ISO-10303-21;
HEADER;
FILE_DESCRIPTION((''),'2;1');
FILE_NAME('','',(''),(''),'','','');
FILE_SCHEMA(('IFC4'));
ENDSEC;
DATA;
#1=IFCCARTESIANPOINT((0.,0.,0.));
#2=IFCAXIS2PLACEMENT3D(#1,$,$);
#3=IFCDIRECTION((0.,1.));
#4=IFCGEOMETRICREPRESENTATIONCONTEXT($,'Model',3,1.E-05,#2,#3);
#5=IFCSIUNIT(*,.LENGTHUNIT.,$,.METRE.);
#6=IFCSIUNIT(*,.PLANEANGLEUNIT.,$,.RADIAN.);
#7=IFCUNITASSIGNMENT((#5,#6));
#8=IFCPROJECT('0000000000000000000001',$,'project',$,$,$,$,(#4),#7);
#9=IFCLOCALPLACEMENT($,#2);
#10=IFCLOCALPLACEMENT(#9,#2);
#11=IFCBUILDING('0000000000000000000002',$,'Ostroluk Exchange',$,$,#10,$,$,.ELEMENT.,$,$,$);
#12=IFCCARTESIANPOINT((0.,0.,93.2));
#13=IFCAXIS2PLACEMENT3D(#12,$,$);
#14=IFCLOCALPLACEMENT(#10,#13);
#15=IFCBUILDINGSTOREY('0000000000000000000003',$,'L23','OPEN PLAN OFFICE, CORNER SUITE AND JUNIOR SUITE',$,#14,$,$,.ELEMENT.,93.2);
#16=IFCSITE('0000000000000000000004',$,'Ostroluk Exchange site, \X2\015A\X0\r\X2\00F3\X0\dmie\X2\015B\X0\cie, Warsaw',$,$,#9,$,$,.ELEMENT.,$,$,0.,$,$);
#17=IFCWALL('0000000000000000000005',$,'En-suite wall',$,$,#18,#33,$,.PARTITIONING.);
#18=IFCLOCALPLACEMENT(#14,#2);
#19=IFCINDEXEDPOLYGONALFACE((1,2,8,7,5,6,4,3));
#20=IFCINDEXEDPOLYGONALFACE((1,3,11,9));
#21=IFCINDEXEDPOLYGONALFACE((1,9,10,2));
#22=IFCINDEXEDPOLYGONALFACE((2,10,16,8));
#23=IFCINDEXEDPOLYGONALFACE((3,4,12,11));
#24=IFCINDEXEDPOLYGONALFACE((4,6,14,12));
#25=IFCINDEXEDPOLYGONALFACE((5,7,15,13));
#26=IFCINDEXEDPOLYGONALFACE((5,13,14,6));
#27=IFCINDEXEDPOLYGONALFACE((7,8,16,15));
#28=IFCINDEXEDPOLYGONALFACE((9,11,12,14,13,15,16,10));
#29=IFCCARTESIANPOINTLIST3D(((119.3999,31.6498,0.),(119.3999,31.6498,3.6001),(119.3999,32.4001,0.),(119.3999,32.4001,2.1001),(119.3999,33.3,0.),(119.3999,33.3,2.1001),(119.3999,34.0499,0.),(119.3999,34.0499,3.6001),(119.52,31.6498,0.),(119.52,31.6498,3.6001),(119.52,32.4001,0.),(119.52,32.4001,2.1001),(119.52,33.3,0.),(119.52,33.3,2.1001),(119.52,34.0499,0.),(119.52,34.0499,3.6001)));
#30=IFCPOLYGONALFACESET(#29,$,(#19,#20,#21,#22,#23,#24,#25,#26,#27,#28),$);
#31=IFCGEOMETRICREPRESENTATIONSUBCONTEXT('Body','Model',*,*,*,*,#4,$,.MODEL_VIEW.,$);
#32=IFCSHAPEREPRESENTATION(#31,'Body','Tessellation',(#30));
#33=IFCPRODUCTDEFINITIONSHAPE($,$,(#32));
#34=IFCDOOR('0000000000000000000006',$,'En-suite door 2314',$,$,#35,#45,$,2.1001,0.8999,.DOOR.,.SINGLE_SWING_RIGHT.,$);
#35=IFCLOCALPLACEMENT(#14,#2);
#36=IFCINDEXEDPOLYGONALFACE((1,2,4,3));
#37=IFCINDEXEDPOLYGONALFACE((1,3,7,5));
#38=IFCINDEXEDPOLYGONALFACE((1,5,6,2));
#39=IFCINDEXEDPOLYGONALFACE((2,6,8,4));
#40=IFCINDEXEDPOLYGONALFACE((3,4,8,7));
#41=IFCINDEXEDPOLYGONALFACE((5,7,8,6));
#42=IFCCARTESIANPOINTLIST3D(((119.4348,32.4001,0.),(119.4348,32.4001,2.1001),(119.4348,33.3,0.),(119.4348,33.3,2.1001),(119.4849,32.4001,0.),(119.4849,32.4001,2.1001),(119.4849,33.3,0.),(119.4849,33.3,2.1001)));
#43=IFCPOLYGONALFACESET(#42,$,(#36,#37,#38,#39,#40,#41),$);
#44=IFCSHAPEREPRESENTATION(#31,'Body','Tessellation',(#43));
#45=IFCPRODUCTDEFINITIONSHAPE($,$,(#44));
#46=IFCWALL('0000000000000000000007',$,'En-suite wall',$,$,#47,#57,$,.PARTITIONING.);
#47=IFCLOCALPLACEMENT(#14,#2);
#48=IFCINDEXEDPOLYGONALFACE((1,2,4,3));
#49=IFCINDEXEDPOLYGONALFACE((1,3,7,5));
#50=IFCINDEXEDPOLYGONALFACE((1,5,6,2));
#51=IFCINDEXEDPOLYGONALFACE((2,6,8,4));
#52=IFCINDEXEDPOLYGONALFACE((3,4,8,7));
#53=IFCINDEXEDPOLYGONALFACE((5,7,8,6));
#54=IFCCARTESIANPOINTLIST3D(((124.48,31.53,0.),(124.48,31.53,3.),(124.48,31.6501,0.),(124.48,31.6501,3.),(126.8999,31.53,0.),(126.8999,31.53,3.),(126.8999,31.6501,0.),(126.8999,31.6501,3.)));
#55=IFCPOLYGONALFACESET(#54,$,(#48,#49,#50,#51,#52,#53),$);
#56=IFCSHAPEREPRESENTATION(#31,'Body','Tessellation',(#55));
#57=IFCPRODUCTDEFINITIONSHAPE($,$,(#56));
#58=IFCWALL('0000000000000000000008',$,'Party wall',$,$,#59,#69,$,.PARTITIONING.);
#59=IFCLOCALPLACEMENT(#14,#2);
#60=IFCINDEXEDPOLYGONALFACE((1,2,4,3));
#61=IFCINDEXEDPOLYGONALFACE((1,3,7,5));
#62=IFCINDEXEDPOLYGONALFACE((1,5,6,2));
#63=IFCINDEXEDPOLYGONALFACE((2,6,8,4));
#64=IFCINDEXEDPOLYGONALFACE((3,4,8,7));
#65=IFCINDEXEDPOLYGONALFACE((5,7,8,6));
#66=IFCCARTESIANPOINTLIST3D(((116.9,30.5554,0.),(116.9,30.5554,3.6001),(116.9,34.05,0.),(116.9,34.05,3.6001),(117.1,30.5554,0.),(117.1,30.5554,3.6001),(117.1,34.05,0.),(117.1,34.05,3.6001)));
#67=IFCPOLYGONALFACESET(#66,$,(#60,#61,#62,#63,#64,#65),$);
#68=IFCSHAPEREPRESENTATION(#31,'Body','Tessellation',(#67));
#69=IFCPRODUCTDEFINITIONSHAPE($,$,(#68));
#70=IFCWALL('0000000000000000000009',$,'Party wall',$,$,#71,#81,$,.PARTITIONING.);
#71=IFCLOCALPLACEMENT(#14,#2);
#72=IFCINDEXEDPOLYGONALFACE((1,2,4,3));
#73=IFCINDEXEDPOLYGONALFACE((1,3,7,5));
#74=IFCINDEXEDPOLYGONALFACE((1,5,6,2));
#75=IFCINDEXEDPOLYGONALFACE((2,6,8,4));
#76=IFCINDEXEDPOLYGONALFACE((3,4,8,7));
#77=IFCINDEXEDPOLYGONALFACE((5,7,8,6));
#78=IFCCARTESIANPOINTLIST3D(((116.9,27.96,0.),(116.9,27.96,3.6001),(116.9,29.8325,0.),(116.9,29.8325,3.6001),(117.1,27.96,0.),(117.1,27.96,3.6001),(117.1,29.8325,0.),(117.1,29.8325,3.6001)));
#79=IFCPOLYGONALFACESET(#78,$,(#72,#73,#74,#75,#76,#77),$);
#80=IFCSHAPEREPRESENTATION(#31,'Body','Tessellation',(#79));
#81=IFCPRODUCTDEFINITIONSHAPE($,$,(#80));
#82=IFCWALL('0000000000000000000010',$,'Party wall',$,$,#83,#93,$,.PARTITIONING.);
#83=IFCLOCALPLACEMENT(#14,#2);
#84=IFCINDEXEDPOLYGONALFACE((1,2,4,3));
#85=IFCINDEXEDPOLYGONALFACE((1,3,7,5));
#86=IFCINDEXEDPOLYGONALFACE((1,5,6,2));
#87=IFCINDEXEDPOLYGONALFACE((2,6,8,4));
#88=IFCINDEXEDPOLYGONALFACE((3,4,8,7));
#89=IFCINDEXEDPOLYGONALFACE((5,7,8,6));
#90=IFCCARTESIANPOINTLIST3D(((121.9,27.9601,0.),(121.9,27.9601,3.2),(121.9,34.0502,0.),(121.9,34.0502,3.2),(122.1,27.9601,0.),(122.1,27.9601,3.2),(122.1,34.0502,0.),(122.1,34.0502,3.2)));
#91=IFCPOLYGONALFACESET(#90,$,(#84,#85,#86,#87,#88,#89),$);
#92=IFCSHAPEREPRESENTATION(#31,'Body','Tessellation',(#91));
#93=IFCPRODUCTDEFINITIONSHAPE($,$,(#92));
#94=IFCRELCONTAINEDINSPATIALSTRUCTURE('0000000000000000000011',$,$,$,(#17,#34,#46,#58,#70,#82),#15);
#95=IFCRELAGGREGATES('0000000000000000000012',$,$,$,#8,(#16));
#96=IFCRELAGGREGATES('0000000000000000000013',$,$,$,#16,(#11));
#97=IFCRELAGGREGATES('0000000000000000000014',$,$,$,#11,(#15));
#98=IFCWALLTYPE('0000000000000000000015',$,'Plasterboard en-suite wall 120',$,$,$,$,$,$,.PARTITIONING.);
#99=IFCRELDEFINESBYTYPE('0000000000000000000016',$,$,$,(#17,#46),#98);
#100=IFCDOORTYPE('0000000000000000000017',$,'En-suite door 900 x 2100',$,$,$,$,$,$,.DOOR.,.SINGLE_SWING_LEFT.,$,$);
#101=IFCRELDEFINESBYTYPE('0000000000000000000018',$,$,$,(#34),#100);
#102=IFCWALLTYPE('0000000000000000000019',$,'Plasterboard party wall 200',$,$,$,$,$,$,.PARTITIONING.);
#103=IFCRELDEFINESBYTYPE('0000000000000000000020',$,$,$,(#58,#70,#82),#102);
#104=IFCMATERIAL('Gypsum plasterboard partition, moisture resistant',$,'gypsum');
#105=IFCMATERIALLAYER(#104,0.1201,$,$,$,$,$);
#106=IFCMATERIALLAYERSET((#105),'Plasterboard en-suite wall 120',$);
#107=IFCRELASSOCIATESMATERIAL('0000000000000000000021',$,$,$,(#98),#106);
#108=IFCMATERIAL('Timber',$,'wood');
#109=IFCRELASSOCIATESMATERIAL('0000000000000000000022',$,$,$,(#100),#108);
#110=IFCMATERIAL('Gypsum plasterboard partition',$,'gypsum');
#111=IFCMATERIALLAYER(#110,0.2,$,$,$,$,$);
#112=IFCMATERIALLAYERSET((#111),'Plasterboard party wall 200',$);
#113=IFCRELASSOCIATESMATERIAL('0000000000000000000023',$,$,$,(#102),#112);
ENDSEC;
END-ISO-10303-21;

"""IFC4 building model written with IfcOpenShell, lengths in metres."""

from ifc_helpers import new_model, si_unit, direction, frame, frame_2d, origin, place, context, subcontext, project, spatial, rectangle, extrude, material, layer, layer_set, type_object, element, fill, save


model = new_model("IFC4")

# Units and contexts
model_context = context("Model", 3, precision=1e-05, world=origin(), true_north=direction((0.0, 1.0)))
body_context = subcontext(model_context, "Body", "Model", "MODEL_VIEW")
ifc_project = project(units=[si_unit("LENGTHUNIT", "METRE"), si_unit("PLANEANGLEUNIT", "RADIAN")], contexts=[model_context])

# Site, building, storey
site_placement = place(None, origin())
site = spatial("IfcSite", under=ifc_project, at=site_placement, Name="Ostroluk Exchange site, Śródmieście, Warsaw", CompositionType="ELEMENT", RefElevation=0.0)
building_placement = place(site_placement, origin())
building = spatial("IfcBuilding", under=site, at=building_placement, Name="Ostroluk Exchange", CompositionType="ELEMENT")
storey_placement = place(building_placement, frame((0.0, 0.0, 93.2)))
storey = spatial("IfcBuildingStorey", under=building, at=storey_placement, Name="L23", Description="OPEN PLAN OFFICE, CORNER SUITE AND JUNIOR SUITE", CompositionType="ELEMENT", Elevation=93.2)

# Shared definitions
ifc_material_1 = material(Name="Gypsum plasterboard partition, moisture resistant", Category="gypsum")
ifc_layer_1 = layer(ifc_material_1, 0.1201)
ifc_layer_set_1 = layer_set([ifc_layer_1], Name="Plasterboard en-suite wall 120")
wall_type_1 = type_object("IfcWallType", Name="Plasterboard en-suite wall 120", PredefinedType="PARTITIONING", material=ifc_layer_set_1)

# Wall, opening, door
wall_1_placement = place(storey_placement, frame((119.46, 34.05, 0.0), z_axis=(0.0, 0.0, 1.0), x_axis=(0.0, -1.0, 0.0)))
wall_1 = element("IfcWall", 1, at=wall_1_placement, inside=storey, type_object=wall_type_1, Name="En-suite wall", PredefinedType="PARTITIONING", context=body_context, shape_type="SweptSolid", body=[
    extrude(rectangle(XDim=2.4001, YDim=0.1201, at=frame_2d((1.2002, 0.0))), origin(), (0.0, 0.0, 1.0), 3.6001),
])
opening_placement = place(wall_1_placement, frame((0.75, 0.0, 0.0)))
opening = element("IfcOpeningElement", 2, at=opening_placement, cuts=wall_1, PredefinedType="OPENING", context=body_context, shape_type="SweptSolid", body=[
    extrude(rectangle(XDim=0.8999, YDim=2.1001, at=frame_2d((0.45, 1.05))), frame((0.0, 0.0701, 0.0), z_axis=(0.0, -1.0, 0.0), x_axis=(1.0, 0.0, 0.0)), (0.0, 0.0, 1.0), 0.1401),
])
ifc_material_2 = material(Name="Timber", Category="wood")
door_type = type_object("IfcDoorType", Name="En-suite door 900 x 2100", OperationType="SINGLE_SWING_LEFT", PredefinedType="DOOR", material=ifc_material_2)
door_placement = place(opening_placement, origin())
door = element("IfcDoor", 3, at=door_placement, inside=storey, type_object=door_type, Name="En-suite door 2314", OperationType="SINGLE_SWING_RIGHT", OverallHeight=2.1001, OverallWidth=0.8999, PredefinedType="DOOR", context=body_context, shape_type="SweptSolid", body=[
    extrude(rectangle(XDim=0.8999, YDim=2.1001, at=frame_2d((0.45, 1.05))), frame((0.0, 0.0249, 0.0), z_axis=(0.0, -1.0, 0.0), x_axis=(1.0, 0.0, 0.0)), (0.0, 0.0, 1.0), 0.05),
])
fill(opening, door)

# Walls
wall_2_placement = place(storey_placement, frame((124.48, 31.5901, 0.0), z_axis=(0.0, 0.0, 1.0), x_axis=(1.0, 0.0, 0.0)))
element("IfcWall", 4, at=wall_2_placement, inside=storey, type_object=wall_type_1, Name="En-suite wall", PredefinedType="PARTITIONING", context=body_context, shape_type="SweptSolid", body=[
    extrude(rectangle(XDim=2.4199, YDim=0.1201, at=frame_2d((1.21, 0.0))), origin(), (0.0, 0.0, 1.0), 3.0),
])
ifc_material_3 = material(Name="Gypsum plasterboard partition", Category="gypsum")
ifc_layer_2 = layer(ifc_material_3, 0.2)
ifc_layer_set_2 = layer_set([ifc_layer_2], Name="Plasterboard party wall 200")
wall_type_2 = type_object("IfcWallType", Name="Plasterboard party wall 200", PredefinedType="PARTITIONING", material=ifc_layer_set_2)
wall_3_placement = place(storey_placement, frame((117.0, 34.05, 0.0), z_axis=(0.0, 0.0, 1.0), x_axis=(0.0, -1.0, 0.0)))
element("IfcWall", 5, at=wall_3_placement, inside=storey, type_object=wall_type_2, Name="Party wall", PredefinedType="PARTITIONING", context=body_context, shape_type="SweptSolid", body=[
    extrude(rectangle(XDim=3.4946, YDim=0.2, at=frame_2d((1.7473, 0.0))), origin(), (0.0, 0.0, 1.0), 3.6001),
])
wall_4_placement = place(storey_placement, frame((117.0, 29.8325, 0.0), z_axis=(0.0, 0.0, 1.0), x_axis=(0.0, -1.0, 0.0)))
element("IfcWall", 6, at=wall_4_placement, inside=storey, type_object=wall_type_2, Name="Party wall", PredefinedType="PARTITIONING", context=body_context, shape_type="SweptSolid", body=[
    extrude(rectangle(XDim=1.8726, YDim=0.2, at=frame_2d((0.9363, 0.0))), origin(), (0.0, 0.0, 1.0), 3.6001),
])
wall_5_placement = place(storey_placement, frame((122.0, 34.05, 0.0), z_axis=(0.0, 0.0, 1.0), x_axis=(0.0, -1.0, 0.0)))
element("IfcWall", 7, at=wall_5_placement, inside=storey, type_object=wall_type_2, Name="Party wall", PredefinedType="PARTITIONING", context=body_context, shape_type="SweptSolid", body=[
    extrude(rectangle(XDim=6.0901, YDim=0.2, at=frame_2d((3.0449, 0.0))), origin(), (0.0, 0.0, 1.0), 3.2),
])

save(model, "model.ifc")
